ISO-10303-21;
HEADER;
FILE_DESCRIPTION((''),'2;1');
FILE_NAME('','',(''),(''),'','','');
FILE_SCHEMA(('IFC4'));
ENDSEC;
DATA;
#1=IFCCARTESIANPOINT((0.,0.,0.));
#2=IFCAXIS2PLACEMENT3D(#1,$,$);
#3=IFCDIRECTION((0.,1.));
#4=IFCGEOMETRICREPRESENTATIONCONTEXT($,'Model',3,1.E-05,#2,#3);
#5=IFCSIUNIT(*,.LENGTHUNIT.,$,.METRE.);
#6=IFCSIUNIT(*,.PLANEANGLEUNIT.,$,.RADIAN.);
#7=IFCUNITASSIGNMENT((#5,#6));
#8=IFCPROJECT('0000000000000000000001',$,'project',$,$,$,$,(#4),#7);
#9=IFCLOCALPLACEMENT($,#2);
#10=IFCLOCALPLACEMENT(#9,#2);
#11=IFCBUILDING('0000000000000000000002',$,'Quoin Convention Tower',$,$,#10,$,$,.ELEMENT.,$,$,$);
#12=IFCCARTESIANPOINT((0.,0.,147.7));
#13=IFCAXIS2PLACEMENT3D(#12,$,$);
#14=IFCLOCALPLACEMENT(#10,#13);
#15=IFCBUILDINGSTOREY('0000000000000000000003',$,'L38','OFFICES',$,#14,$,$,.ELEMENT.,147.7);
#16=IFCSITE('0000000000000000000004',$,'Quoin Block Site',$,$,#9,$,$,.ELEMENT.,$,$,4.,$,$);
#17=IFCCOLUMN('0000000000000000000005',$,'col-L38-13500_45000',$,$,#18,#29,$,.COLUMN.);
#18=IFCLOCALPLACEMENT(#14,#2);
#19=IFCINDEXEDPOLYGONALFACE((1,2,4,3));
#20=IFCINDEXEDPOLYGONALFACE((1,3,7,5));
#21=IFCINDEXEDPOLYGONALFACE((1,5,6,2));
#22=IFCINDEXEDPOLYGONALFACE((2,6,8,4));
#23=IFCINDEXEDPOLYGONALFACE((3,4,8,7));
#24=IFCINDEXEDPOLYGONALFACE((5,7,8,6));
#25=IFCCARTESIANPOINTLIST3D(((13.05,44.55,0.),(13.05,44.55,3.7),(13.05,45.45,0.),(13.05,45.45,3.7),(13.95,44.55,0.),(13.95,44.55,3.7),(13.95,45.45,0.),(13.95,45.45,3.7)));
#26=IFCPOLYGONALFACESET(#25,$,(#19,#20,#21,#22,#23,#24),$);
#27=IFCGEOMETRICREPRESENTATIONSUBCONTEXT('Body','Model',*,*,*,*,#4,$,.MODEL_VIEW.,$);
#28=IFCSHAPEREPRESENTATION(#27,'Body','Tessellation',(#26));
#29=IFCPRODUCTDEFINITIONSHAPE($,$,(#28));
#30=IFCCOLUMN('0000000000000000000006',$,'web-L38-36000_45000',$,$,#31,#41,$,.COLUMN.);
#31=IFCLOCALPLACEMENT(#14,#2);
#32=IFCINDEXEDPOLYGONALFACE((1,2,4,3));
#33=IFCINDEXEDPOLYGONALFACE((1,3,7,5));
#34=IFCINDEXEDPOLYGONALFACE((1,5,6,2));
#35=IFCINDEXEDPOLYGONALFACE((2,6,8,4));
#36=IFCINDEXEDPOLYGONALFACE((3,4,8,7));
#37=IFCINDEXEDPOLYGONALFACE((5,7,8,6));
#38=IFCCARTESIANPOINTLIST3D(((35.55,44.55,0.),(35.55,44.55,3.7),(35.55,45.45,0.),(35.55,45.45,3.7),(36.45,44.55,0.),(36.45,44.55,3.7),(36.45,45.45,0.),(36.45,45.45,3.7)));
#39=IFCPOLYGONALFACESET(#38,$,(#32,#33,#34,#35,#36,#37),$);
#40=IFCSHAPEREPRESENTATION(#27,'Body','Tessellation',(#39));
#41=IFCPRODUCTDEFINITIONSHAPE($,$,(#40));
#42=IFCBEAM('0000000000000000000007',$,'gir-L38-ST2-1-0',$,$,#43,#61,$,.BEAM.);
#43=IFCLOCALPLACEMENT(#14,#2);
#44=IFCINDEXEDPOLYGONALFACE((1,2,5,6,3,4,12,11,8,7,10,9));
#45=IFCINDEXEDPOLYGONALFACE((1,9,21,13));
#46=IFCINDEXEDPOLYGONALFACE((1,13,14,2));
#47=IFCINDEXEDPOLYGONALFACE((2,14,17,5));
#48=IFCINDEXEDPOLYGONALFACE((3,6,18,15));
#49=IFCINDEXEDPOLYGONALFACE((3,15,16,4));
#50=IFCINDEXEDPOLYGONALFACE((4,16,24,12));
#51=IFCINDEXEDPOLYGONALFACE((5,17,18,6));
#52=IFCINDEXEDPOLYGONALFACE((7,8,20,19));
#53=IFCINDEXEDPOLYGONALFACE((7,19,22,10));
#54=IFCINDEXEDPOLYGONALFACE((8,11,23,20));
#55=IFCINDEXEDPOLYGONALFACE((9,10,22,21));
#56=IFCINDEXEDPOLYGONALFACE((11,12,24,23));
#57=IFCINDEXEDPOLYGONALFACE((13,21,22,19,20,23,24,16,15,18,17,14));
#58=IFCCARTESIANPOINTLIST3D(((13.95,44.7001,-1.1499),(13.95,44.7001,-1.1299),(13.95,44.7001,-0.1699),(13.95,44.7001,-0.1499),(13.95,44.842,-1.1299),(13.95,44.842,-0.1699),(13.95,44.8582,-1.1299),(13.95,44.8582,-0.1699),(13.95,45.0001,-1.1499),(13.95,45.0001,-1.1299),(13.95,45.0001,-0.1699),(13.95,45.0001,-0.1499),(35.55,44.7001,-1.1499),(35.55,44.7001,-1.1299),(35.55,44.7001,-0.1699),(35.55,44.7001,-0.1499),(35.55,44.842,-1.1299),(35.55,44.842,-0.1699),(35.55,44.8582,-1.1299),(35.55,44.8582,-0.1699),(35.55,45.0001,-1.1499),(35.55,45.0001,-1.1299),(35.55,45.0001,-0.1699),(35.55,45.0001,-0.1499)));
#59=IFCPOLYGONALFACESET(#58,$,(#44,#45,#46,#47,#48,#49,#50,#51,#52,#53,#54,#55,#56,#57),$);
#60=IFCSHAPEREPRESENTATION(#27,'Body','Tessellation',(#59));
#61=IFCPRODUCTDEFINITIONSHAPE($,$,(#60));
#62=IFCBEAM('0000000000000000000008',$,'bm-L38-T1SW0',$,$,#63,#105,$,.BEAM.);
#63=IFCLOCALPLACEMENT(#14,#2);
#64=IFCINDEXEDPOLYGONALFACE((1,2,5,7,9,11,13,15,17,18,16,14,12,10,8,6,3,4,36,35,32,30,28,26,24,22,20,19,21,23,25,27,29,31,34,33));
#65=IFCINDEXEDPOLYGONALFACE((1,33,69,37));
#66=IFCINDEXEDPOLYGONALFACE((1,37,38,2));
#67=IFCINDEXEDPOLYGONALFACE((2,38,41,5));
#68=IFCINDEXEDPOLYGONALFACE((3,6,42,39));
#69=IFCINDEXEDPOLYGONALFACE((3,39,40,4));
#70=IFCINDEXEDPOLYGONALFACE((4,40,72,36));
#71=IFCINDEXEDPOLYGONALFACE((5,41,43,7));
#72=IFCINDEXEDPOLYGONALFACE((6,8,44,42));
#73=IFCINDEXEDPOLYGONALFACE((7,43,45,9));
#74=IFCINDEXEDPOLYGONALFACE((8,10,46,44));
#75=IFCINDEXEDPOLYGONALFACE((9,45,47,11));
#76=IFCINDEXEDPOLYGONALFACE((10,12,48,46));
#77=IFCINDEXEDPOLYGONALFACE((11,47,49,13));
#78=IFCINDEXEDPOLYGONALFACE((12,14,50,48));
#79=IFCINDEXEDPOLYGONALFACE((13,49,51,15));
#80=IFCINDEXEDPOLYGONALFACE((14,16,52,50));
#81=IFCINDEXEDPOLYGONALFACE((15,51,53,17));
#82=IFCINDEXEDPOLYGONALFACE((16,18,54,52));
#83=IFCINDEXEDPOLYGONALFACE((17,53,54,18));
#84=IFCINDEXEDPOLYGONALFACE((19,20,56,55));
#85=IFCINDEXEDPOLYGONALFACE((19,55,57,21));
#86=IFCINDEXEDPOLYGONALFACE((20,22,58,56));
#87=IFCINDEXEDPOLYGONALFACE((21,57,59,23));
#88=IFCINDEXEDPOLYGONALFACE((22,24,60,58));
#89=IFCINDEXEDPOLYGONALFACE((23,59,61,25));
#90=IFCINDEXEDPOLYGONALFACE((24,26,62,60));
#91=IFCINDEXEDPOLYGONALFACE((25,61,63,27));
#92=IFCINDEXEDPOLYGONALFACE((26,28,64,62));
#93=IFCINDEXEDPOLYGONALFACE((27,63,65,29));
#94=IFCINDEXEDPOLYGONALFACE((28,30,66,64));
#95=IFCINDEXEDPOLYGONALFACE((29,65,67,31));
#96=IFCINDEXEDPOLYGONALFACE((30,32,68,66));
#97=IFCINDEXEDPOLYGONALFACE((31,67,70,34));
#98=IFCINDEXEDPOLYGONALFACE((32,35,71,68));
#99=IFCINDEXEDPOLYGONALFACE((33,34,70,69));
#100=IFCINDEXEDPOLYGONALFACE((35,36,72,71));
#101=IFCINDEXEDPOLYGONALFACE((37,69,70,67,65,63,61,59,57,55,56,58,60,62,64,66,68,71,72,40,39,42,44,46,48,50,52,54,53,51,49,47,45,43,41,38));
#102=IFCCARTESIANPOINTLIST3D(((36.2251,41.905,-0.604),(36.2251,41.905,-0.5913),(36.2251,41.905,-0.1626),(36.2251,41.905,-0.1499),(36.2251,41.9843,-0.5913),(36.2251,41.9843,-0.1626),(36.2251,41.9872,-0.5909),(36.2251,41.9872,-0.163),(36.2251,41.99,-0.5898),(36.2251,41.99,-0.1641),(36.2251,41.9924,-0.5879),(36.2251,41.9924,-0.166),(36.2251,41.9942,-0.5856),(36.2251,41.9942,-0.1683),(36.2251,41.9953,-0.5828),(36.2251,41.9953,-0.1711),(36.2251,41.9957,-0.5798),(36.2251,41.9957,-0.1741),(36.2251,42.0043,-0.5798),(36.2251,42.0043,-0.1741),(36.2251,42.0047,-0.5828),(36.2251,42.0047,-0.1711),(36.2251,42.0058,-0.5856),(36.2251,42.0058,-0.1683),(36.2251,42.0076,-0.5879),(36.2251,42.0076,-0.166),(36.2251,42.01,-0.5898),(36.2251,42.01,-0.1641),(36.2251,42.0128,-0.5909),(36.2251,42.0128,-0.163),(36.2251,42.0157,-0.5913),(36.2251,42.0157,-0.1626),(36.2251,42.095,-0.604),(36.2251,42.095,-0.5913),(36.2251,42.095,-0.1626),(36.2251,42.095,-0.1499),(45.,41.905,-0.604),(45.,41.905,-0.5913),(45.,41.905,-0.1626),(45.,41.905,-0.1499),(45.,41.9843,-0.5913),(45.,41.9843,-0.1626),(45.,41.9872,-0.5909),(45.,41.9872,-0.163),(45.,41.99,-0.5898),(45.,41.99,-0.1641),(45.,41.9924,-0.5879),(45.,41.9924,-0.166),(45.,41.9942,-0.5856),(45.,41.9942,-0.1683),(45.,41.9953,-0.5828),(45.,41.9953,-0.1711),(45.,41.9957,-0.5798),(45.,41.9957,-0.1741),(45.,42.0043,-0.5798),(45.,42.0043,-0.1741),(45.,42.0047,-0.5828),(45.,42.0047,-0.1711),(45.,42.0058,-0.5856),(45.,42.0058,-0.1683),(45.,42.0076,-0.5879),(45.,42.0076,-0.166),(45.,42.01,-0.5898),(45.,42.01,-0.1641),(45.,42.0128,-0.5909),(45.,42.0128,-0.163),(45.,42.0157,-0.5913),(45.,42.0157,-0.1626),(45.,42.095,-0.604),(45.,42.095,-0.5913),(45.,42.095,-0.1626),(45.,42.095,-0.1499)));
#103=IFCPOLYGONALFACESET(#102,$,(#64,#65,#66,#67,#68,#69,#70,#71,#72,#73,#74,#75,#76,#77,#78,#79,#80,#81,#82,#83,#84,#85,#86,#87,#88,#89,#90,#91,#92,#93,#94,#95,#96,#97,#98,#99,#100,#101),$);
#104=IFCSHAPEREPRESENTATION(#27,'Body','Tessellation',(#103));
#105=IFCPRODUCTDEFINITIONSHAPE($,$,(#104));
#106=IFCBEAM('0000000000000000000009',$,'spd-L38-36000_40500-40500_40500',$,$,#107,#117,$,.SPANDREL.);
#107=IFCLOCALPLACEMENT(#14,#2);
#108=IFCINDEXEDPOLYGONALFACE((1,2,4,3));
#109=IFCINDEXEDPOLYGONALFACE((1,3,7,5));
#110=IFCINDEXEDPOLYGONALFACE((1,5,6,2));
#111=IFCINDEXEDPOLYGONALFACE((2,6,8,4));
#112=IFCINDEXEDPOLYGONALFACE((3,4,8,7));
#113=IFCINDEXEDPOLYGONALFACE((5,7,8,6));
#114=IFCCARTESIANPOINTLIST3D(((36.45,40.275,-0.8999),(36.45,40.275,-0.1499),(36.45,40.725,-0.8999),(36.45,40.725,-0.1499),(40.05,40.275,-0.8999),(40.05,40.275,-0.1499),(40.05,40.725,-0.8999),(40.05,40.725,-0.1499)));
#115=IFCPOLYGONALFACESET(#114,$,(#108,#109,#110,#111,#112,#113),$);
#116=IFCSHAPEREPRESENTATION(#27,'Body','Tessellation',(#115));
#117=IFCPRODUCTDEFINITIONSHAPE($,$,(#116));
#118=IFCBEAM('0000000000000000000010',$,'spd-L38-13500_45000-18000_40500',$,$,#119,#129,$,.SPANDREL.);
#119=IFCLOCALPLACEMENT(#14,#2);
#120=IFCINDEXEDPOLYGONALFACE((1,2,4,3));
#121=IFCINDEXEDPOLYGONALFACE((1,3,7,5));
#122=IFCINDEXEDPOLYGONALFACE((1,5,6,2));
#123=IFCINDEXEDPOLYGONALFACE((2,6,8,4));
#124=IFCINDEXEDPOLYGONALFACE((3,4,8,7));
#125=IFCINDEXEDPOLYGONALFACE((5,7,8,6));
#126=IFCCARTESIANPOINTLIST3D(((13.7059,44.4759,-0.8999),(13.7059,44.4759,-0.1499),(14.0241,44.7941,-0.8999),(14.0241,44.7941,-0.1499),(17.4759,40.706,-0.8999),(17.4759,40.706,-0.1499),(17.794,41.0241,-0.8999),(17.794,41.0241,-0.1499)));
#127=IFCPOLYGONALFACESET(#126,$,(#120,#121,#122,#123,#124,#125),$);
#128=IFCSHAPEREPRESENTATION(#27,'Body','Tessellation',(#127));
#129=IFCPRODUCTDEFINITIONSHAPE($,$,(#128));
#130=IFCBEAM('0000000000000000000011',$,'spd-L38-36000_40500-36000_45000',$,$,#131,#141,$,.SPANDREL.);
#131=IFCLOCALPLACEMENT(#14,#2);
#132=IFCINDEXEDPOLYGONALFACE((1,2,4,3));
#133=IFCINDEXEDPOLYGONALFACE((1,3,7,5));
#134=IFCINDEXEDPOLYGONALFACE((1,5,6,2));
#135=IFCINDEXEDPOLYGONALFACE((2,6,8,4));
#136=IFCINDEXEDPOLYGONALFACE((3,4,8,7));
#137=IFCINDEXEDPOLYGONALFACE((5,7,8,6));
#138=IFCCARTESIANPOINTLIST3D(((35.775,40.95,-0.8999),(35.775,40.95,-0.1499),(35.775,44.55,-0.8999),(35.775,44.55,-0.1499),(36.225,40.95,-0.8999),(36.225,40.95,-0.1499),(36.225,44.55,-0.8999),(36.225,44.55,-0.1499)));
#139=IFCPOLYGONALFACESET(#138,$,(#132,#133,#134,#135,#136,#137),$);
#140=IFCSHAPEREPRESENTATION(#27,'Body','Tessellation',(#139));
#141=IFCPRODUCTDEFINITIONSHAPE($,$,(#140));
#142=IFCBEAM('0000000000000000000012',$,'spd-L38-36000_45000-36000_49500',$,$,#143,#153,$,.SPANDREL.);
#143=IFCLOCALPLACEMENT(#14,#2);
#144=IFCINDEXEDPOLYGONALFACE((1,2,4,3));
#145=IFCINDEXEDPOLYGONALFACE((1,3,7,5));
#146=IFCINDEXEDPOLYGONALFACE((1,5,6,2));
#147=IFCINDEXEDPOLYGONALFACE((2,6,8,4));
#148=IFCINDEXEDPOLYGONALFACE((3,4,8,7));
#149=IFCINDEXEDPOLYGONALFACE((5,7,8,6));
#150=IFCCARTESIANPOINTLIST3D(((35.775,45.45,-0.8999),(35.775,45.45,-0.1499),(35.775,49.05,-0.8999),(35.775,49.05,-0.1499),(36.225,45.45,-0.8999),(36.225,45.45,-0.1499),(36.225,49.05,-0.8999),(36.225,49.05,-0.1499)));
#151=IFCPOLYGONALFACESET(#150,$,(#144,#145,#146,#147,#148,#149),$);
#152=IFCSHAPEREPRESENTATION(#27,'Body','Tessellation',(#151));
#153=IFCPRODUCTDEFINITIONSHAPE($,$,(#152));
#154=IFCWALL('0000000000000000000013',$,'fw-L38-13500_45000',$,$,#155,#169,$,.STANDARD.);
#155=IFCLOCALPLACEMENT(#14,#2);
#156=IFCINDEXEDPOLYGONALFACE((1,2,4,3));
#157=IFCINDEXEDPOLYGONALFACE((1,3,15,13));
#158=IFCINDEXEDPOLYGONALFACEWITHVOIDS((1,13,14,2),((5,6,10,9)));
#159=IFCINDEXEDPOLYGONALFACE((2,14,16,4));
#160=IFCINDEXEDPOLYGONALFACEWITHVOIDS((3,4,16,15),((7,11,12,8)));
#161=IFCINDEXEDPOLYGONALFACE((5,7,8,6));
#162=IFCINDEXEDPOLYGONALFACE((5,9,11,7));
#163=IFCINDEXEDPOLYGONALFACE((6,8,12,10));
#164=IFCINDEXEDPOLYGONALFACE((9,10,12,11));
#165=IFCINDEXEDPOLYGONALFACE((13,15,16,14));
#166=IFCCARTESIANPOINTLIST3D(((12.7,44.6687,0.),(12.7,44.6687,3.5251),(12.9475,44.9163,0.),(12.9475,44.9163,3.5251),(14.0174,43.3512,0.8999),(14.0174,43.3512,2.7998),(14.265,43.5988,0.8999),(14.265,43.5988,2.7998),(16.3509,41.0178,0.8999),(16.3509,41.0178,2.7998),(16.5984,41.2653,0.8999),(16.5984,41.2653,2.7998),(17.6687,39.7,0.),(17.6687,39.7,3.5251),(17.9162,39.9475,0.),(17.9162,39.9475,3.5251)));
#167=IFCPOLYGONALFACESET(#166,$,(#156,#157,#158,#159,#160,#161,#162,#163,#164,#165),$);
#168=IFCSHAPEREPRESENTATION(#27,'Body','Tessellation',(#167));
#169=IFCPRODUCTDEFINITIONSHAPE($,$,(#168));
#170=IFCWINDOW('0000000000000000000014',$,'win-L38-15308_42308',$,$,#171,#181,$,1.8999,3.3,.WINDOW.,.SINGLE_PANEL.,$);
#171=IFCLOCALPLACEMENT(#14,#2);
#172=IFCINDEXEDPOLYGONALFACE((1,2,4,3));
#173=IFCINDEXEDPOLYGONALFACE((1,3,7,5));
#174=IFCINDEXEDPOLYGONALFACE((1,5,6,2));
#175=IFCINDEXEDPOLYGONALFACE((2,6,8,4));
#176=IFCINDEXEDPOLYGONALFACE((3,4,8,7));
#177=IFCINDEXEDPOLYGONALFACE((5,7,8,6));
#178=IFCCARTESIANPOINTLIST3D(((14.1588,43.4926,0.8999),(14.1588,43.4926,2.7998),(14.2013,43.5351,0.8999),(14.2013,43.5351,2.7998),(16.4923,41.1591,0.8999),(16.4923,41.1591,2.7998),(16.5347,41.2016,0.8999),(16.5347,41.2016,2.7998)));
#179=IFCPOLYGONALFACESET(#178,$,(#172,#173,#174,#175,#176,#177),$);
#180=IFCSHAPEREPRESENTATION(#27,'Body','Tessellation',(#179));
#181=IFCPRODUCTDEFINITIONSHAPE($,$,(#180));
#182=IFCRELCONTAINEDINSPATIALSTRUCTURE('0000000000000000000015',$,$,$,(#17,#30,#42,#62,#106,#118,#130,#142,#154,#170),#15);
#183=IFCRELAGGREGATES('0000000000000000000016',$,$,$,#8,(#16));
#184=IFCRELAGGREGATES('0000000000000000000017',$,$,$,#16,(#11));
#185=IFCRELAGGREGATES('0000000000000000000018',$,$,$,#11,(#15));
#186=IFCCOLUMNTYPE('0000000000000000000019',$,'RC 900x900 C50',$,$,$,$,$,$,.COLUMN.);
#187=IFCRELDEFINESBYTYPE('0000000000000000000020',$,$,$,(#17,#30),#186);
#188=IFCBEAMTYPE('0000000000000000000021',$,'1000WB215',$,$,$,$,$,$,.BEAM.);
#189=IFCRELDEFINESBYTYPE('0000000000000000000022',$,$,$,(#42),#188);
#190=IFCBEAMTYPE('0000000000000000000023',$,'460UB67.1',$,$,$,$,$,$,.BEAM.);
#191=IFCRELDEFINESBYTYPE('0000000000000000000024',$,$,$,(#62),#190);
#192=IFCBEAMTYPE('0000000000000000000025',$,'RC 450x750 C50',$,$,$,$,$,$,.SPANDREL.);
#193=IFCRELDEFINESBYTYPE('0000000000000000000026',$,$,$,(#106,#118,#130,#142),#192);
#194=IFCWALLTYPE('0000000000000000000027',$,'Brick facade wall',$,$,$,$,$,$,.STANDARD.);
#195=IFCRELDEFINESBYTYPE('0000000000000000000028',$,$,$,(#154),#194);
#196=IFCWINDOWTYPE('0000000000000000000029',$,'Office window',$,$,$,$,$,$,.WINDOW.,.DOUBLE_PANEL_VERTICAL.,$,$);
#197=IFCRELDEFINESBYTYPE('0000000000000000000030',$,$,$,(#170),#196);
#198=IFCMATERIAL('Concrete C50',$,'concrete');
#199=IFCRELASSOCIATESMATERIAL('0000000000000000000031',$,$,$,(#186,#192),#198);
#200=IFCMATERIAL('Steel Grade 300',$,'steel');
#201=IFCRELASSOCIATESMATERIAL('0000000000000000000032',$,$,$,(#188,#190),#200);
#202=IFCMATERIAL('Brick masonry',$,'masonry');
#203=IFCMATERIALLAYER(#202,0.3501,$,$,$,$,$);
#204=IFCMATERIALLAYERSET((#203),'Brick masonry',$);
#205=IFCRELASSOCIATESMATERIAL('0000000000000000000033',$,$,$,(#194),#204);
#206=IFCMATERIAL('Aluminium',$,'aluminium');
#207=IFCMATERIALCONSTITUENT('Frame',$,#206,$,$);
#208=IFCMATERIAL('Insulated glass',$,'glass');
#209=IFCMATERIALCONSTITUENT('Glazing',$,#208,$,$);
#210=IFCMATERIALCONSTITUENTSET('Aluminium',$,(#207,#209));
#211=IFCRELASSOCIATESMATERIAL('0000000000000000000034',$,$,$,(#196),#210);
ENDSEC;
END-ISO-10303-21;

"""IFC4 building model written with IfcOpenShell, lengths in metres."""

from ifc_helpers import new_model, si_unit, direction, frame, frame_2d, origin, origin_2d, place, context, subcontext, project, spatial, rectangle, i_section, extrude, material, layer, layer_set, constituent, constituent_set, material_profile, profile_set, type_object, element, fill, save


model = new_model("IFC4")

# Units and contexts
model_context = context("Model", 3, precision=1e-05, world=origin(), true_north=direction((0.0, 1.0)))
body_context = subcontext(model_context, "Body", "Model", "MODEL_VIEW")
ifc_project = project(units=[si_unit("LENGTHUNIT", "METRE"), si_unit("PLANEANGLEUNIT", "RADIAN")], contexts=[model_context])

# Site, building, storey
site_placement = place(None, origin())
site = spatial("IfcSite", under=ifc_project, at=site_placement, Name="Quoin Block Site", CompositionType="ELEMENT", RefElevation=4.0)
building_placement = place(site_placement, origin())
building = spatial("IfcBuilding", under=site, at=building_placement, Name="Quoin Convention Tower", CompositionType="ELEMENT")
storey_placement = place(building_placement, frame((0.0, 0.0, 147.7)))
storey = spatial("IfcBuildingStorey", under=building, at=storey_placement, Name="L38", Description="OFFICES", CompositionType="ELEMENT", Elevation=147.7)

# Columns
ifc_material_1 = material(Name="Concrete C50", Category="concrete")
ifc_material_profile_1 = material_profile(ifc_material_1, rectangle(XDim=0.8999, YDim=0.8999, at=origin_2d()), Name="RC 900x900")
ifc_profile_set_1 = profile_set([ifc_material_profile_1], Name="Concrete C50")
column_type = type_object("IfcColumnType", Name="RC 900x900 C50", PredefinedType="COLUMN", material=ifc_profile_set_1)
for number, where, z_axis, x_axis, name in (
    (1, (13.5, 45.0, 0.0), (0.0, 0.0, 1.0), (1.0, 0.0, 0.0), "col-L38-13500_45000"),
    (2, (36.0, 45.0, 0.0), (0.0, 0.0, 1.0), (1.0, 0.0, 0.0), "web-L38-36000_45000"),
):
    element("IfcColumn", number, at=place(storey_placement, frame(where, z_axis=z_axis, x_axis=x_axis)), inside=storey, type_object=column_type, Name=name, PredefinedType="COLUMN", context=body_context, shape_type="SweptSolid", body=[
        extrude(rectangle(XDim=0.8999, YDim=0.8999, at=origin_2d()), origin(), (0.0, 0.0, 1.0), 3.7),
    ])

# Beams
ifc_material_2 = material(Name="Steel Grade 300", Category="steel")
ifc_material_profile_2 = material_profile(ifc_material_2, i_section(OverallWidth=0.3, OverallDepth=1.0, WebThickness=0.0161, FlangeThickness=0.02, at=origin_2d()), Name="1000WB215")
ifc_profile_set_2 = profile_set([ifc_material_profile_2], Name="Steel Grade 300")
beam_type_1 = type_object("IfcBeamType", Name="1000WB215", PredefinedType="BEAM", material=ifc_profile_set_2)
beam_1_placement = place(storey_placement, frame((13.95, 44.8501, -0.6499), z_axis=(1.0, 0.0, 0.0), x_axis=(0.0, 1.0, 0.0)))
element("IfcBeam", 3, at=beam_1_placement, inside=storey, type_object=beam_type_1, Name="gir-L38-ST2-1-0", PredefinedType="BEAM", context=body_context, shape_type="SweptSolid", body=[
    extrude(i_section(OverallWidth=0.3, OverallDepth=1.0, WebThickness=0.0161, FlangeThickness=0.02, at=origin_2d()), origin(), (0.0, 0.0, 1.0), 21.6001),
])
ifc_material_profile_3 = material_profile(ifc_material_2, i_section(OverallWidth=0.1899, OverallDepth=0.4541, WebThickness=0.0085, FlangeThickness=0.0127, FilletRadius=0.0115, at=origin_2d()), Name="460UB67.1")
ifc_profile_set_3 = profile_set([ifc_material_profile_3], Name="Steel Grade 300")
beam_type_2 = type_object("IfcBeamType", Name="460UB67.1", PredefinedType="BEAM", material=ifc_profile_set_3)
beam_2_placement = place(storey_placement, frame((36.2251, 42.0, -0.377), z_axis=(1.0, 0.0, 0.0), x_axis=(0.0, 1.0, 0.0)))
element("IfcBeam", 4, at=beam_2_placement, inside=storey, type_object=beam_type_2, Name="bm-L38-T1SW0", PredefinedType="BEAM", context=body_context, shape_type="SweptSolid", body=[
    extrude(i_section(OverallWidth=0.1899, OverallDepth=0.4541, WebThickness=0.0085, FlangeThickness=0.0127, FilletRadius=0.0115, at=origin_2d()), origin(), (0.0, 0.0, 1.0), 8.7749),
])
ifc_material_profile_4 = material_profile(ifc_material_1, rectangle(XDim=0.45, YDim=0.75, at=origin_2d()), Name="RC 450x750")
ifc_profile_set_4 = profile_set([ifc_material_profile_4], Name="Concrete C50")
beam_type_3 = type_object("IfcBeamType", Name="RC 450x750 C50", PredefinedType="SPANDREL", material=ifc_profile_set_4)
beam_3_placement = place(storey_placement, frame((36.45, 40.5, -0.5249), z_axis=(1.0, 0.0, 0.0), x_axis=(0.0, 1.0, 0.0)))
element("IfcBeam", 5, at=beam_3_placement, inside=storey, type_object=beam_type_3, Name="spd-L38-36000_40500-40500_40500", PredefinedType="SPANDREL", context=body_context, shape_type="SweptSolid", body=[
    extrude(rectangle(XDim=0.45, YDim=0.75, at=origin_2d()), origin(), (0.0, 0.0, 1.0), 3.6001),
])
beam_4_placement = place(storey_placement, frame((13.865, 44.635, -0.5249), z_axis=(0.707107, -0.707107, 0.0), x_axis=(0.707107, 0.707107, 0.0)))
element("IfcBeam", 6, at=beam_4_placement, inside=storey, type_object=beam_type_3, Name="spd-L38-13500_45000-18000_40500", PredefinedType="SPANDREL", context=body_context, shape_type="SweptSolid", body=[
    extrude(rectangle(XDim=0.45, YDim=0.75, at=origin_2d()), origin(), (0.0, 0.0, 1.0), 5.3315),
])
for number, where, z_axis, x_axis, name in (
    (7, (36.0, 40.95, -0.5249), (0.0, 1.0, 0.0), (-1.0, 0.0, 0.0), "spd-L38-36000_40500-36000_45000"),
    (8, (36.0, 45.45, -0.5249), (0.0, 1.0, 0.0), (-1.0, 0.0, 0.0), "spd-L38-36000_45000-36000_49500"),
):
    element("IfcBeam", number, at=place(storey_placement, frame(where, z_axis=z_axis, x_axis=x_axis)), inside=storey, type_object=beam_type_3, Name=name, PredefinedType="SPANDREL", context=body_context, shape_type="SweptSolid", body=[
        extrude(rectangle(XDim=0.45, YDim=0.75, at=origin_2d()), origin(), (0.0, 0.0, 1.0), 3.6001),
    ])

# Wall, opening, window
ifc_material_3 = material(Name="Brick masonry", Category="masonry")
ifc_layer_1 = layer(ifc_material_3, 0.3501)
ifc_layer_set_1 = layer_set([ifc_layer_1], Name="Brick masonry")
wall_type_1 = type_object("IfcWallType", Name="Brick facade wall", PredefinedType="STANDARD", material=ifc_layer_set_1)
wall_1_placement = place(storey_placement, frame((12.8237, 44.7925, 0.0), z_axis=(0.0, 0.0, 1.0), x_axis=(0.707107, -0.707107, 0.0)))
wall_1 = element("IfcWall", 9, at=wall_1_placement, inside=storey, type_object=wall_type_1, Name="fw-L38-13500_45000", PredefinedType="STANDARD", context=body_context, shape_type="SweptSolid", body=[
    extrude(rectangle(XDim=7.0269, YDim=0.3501, at=frame_2d((3.5134, 0.0))), origin(), (0.0, 0.0, 1.0), 3.5251),
])
opening_1_placement = place(wall_1_placement, frame((1.8633, 0.0, 0.8999)))
opening_1 = element("IfcOpeningElement", 10, at=opening_1_placement, cuts=wall_1, PredefinedType="OPENING", context=body_context, shape_type="SweptSolid", body=[
    extrude(rectangle(XDim=3.3, YDim=1.8999, at=frame_2d((1.6499, 0.95))), frame((0.0, 0.1851, 0.0), z_axis=(0.0, -1.0, 0.0), x_axis=(1.0, 0.0, 0.0)), (0.0, 0.0, 1.0), 0.3701),
])
ifc_material_4 = material(Name="Aluminium", Category="aluminium")
ifc_constituent_1 = constituent(ifc_material_4, Name="Frame")
ifc_material_5 = material(Name="Insulated glass", Category="glass")
ifc_constituent_2 = constituent(ifc_material_5, Name="Glazing")
ifc_constituent_set = constituent_set(constituents=[ifc_constituent_1, ifc_constituent_2], Name="Aluminium")
window_type = type_object("IfcWindowType", Name="Office window", PartitioningType="DOUBLE_PANEL_VERTICAL", PredefinedType="WINDOW", material=ifc_constituent_set)
window_placement = place(opening_1_placement, origin())
window = element("IfcWindow", 11, at=window_placement, inside=storey, type_object=window_type, Name="win-L38-15308_42308", OverallHeight=1.8999, OverallWidth=3.3, PartitioningType="SINGLE_PANEL", PredefinedType="WINDOW", context=body_context, shape_type="SweptSolid", body=[
    extrude(rectangle(XDim=3.3, YDim=1.8999, at=frame_2d((1.6499, 0.95))), frame((0.0, 0.085, 0.0), z_axis=(0.0, -1.0, 0.0), x_axis=(1.0, 0.0, 0.0)), (0.0, 0.0, 1.0), 0.0601),
])
fill(opening_1, window)

save(model, "model.ifc")
